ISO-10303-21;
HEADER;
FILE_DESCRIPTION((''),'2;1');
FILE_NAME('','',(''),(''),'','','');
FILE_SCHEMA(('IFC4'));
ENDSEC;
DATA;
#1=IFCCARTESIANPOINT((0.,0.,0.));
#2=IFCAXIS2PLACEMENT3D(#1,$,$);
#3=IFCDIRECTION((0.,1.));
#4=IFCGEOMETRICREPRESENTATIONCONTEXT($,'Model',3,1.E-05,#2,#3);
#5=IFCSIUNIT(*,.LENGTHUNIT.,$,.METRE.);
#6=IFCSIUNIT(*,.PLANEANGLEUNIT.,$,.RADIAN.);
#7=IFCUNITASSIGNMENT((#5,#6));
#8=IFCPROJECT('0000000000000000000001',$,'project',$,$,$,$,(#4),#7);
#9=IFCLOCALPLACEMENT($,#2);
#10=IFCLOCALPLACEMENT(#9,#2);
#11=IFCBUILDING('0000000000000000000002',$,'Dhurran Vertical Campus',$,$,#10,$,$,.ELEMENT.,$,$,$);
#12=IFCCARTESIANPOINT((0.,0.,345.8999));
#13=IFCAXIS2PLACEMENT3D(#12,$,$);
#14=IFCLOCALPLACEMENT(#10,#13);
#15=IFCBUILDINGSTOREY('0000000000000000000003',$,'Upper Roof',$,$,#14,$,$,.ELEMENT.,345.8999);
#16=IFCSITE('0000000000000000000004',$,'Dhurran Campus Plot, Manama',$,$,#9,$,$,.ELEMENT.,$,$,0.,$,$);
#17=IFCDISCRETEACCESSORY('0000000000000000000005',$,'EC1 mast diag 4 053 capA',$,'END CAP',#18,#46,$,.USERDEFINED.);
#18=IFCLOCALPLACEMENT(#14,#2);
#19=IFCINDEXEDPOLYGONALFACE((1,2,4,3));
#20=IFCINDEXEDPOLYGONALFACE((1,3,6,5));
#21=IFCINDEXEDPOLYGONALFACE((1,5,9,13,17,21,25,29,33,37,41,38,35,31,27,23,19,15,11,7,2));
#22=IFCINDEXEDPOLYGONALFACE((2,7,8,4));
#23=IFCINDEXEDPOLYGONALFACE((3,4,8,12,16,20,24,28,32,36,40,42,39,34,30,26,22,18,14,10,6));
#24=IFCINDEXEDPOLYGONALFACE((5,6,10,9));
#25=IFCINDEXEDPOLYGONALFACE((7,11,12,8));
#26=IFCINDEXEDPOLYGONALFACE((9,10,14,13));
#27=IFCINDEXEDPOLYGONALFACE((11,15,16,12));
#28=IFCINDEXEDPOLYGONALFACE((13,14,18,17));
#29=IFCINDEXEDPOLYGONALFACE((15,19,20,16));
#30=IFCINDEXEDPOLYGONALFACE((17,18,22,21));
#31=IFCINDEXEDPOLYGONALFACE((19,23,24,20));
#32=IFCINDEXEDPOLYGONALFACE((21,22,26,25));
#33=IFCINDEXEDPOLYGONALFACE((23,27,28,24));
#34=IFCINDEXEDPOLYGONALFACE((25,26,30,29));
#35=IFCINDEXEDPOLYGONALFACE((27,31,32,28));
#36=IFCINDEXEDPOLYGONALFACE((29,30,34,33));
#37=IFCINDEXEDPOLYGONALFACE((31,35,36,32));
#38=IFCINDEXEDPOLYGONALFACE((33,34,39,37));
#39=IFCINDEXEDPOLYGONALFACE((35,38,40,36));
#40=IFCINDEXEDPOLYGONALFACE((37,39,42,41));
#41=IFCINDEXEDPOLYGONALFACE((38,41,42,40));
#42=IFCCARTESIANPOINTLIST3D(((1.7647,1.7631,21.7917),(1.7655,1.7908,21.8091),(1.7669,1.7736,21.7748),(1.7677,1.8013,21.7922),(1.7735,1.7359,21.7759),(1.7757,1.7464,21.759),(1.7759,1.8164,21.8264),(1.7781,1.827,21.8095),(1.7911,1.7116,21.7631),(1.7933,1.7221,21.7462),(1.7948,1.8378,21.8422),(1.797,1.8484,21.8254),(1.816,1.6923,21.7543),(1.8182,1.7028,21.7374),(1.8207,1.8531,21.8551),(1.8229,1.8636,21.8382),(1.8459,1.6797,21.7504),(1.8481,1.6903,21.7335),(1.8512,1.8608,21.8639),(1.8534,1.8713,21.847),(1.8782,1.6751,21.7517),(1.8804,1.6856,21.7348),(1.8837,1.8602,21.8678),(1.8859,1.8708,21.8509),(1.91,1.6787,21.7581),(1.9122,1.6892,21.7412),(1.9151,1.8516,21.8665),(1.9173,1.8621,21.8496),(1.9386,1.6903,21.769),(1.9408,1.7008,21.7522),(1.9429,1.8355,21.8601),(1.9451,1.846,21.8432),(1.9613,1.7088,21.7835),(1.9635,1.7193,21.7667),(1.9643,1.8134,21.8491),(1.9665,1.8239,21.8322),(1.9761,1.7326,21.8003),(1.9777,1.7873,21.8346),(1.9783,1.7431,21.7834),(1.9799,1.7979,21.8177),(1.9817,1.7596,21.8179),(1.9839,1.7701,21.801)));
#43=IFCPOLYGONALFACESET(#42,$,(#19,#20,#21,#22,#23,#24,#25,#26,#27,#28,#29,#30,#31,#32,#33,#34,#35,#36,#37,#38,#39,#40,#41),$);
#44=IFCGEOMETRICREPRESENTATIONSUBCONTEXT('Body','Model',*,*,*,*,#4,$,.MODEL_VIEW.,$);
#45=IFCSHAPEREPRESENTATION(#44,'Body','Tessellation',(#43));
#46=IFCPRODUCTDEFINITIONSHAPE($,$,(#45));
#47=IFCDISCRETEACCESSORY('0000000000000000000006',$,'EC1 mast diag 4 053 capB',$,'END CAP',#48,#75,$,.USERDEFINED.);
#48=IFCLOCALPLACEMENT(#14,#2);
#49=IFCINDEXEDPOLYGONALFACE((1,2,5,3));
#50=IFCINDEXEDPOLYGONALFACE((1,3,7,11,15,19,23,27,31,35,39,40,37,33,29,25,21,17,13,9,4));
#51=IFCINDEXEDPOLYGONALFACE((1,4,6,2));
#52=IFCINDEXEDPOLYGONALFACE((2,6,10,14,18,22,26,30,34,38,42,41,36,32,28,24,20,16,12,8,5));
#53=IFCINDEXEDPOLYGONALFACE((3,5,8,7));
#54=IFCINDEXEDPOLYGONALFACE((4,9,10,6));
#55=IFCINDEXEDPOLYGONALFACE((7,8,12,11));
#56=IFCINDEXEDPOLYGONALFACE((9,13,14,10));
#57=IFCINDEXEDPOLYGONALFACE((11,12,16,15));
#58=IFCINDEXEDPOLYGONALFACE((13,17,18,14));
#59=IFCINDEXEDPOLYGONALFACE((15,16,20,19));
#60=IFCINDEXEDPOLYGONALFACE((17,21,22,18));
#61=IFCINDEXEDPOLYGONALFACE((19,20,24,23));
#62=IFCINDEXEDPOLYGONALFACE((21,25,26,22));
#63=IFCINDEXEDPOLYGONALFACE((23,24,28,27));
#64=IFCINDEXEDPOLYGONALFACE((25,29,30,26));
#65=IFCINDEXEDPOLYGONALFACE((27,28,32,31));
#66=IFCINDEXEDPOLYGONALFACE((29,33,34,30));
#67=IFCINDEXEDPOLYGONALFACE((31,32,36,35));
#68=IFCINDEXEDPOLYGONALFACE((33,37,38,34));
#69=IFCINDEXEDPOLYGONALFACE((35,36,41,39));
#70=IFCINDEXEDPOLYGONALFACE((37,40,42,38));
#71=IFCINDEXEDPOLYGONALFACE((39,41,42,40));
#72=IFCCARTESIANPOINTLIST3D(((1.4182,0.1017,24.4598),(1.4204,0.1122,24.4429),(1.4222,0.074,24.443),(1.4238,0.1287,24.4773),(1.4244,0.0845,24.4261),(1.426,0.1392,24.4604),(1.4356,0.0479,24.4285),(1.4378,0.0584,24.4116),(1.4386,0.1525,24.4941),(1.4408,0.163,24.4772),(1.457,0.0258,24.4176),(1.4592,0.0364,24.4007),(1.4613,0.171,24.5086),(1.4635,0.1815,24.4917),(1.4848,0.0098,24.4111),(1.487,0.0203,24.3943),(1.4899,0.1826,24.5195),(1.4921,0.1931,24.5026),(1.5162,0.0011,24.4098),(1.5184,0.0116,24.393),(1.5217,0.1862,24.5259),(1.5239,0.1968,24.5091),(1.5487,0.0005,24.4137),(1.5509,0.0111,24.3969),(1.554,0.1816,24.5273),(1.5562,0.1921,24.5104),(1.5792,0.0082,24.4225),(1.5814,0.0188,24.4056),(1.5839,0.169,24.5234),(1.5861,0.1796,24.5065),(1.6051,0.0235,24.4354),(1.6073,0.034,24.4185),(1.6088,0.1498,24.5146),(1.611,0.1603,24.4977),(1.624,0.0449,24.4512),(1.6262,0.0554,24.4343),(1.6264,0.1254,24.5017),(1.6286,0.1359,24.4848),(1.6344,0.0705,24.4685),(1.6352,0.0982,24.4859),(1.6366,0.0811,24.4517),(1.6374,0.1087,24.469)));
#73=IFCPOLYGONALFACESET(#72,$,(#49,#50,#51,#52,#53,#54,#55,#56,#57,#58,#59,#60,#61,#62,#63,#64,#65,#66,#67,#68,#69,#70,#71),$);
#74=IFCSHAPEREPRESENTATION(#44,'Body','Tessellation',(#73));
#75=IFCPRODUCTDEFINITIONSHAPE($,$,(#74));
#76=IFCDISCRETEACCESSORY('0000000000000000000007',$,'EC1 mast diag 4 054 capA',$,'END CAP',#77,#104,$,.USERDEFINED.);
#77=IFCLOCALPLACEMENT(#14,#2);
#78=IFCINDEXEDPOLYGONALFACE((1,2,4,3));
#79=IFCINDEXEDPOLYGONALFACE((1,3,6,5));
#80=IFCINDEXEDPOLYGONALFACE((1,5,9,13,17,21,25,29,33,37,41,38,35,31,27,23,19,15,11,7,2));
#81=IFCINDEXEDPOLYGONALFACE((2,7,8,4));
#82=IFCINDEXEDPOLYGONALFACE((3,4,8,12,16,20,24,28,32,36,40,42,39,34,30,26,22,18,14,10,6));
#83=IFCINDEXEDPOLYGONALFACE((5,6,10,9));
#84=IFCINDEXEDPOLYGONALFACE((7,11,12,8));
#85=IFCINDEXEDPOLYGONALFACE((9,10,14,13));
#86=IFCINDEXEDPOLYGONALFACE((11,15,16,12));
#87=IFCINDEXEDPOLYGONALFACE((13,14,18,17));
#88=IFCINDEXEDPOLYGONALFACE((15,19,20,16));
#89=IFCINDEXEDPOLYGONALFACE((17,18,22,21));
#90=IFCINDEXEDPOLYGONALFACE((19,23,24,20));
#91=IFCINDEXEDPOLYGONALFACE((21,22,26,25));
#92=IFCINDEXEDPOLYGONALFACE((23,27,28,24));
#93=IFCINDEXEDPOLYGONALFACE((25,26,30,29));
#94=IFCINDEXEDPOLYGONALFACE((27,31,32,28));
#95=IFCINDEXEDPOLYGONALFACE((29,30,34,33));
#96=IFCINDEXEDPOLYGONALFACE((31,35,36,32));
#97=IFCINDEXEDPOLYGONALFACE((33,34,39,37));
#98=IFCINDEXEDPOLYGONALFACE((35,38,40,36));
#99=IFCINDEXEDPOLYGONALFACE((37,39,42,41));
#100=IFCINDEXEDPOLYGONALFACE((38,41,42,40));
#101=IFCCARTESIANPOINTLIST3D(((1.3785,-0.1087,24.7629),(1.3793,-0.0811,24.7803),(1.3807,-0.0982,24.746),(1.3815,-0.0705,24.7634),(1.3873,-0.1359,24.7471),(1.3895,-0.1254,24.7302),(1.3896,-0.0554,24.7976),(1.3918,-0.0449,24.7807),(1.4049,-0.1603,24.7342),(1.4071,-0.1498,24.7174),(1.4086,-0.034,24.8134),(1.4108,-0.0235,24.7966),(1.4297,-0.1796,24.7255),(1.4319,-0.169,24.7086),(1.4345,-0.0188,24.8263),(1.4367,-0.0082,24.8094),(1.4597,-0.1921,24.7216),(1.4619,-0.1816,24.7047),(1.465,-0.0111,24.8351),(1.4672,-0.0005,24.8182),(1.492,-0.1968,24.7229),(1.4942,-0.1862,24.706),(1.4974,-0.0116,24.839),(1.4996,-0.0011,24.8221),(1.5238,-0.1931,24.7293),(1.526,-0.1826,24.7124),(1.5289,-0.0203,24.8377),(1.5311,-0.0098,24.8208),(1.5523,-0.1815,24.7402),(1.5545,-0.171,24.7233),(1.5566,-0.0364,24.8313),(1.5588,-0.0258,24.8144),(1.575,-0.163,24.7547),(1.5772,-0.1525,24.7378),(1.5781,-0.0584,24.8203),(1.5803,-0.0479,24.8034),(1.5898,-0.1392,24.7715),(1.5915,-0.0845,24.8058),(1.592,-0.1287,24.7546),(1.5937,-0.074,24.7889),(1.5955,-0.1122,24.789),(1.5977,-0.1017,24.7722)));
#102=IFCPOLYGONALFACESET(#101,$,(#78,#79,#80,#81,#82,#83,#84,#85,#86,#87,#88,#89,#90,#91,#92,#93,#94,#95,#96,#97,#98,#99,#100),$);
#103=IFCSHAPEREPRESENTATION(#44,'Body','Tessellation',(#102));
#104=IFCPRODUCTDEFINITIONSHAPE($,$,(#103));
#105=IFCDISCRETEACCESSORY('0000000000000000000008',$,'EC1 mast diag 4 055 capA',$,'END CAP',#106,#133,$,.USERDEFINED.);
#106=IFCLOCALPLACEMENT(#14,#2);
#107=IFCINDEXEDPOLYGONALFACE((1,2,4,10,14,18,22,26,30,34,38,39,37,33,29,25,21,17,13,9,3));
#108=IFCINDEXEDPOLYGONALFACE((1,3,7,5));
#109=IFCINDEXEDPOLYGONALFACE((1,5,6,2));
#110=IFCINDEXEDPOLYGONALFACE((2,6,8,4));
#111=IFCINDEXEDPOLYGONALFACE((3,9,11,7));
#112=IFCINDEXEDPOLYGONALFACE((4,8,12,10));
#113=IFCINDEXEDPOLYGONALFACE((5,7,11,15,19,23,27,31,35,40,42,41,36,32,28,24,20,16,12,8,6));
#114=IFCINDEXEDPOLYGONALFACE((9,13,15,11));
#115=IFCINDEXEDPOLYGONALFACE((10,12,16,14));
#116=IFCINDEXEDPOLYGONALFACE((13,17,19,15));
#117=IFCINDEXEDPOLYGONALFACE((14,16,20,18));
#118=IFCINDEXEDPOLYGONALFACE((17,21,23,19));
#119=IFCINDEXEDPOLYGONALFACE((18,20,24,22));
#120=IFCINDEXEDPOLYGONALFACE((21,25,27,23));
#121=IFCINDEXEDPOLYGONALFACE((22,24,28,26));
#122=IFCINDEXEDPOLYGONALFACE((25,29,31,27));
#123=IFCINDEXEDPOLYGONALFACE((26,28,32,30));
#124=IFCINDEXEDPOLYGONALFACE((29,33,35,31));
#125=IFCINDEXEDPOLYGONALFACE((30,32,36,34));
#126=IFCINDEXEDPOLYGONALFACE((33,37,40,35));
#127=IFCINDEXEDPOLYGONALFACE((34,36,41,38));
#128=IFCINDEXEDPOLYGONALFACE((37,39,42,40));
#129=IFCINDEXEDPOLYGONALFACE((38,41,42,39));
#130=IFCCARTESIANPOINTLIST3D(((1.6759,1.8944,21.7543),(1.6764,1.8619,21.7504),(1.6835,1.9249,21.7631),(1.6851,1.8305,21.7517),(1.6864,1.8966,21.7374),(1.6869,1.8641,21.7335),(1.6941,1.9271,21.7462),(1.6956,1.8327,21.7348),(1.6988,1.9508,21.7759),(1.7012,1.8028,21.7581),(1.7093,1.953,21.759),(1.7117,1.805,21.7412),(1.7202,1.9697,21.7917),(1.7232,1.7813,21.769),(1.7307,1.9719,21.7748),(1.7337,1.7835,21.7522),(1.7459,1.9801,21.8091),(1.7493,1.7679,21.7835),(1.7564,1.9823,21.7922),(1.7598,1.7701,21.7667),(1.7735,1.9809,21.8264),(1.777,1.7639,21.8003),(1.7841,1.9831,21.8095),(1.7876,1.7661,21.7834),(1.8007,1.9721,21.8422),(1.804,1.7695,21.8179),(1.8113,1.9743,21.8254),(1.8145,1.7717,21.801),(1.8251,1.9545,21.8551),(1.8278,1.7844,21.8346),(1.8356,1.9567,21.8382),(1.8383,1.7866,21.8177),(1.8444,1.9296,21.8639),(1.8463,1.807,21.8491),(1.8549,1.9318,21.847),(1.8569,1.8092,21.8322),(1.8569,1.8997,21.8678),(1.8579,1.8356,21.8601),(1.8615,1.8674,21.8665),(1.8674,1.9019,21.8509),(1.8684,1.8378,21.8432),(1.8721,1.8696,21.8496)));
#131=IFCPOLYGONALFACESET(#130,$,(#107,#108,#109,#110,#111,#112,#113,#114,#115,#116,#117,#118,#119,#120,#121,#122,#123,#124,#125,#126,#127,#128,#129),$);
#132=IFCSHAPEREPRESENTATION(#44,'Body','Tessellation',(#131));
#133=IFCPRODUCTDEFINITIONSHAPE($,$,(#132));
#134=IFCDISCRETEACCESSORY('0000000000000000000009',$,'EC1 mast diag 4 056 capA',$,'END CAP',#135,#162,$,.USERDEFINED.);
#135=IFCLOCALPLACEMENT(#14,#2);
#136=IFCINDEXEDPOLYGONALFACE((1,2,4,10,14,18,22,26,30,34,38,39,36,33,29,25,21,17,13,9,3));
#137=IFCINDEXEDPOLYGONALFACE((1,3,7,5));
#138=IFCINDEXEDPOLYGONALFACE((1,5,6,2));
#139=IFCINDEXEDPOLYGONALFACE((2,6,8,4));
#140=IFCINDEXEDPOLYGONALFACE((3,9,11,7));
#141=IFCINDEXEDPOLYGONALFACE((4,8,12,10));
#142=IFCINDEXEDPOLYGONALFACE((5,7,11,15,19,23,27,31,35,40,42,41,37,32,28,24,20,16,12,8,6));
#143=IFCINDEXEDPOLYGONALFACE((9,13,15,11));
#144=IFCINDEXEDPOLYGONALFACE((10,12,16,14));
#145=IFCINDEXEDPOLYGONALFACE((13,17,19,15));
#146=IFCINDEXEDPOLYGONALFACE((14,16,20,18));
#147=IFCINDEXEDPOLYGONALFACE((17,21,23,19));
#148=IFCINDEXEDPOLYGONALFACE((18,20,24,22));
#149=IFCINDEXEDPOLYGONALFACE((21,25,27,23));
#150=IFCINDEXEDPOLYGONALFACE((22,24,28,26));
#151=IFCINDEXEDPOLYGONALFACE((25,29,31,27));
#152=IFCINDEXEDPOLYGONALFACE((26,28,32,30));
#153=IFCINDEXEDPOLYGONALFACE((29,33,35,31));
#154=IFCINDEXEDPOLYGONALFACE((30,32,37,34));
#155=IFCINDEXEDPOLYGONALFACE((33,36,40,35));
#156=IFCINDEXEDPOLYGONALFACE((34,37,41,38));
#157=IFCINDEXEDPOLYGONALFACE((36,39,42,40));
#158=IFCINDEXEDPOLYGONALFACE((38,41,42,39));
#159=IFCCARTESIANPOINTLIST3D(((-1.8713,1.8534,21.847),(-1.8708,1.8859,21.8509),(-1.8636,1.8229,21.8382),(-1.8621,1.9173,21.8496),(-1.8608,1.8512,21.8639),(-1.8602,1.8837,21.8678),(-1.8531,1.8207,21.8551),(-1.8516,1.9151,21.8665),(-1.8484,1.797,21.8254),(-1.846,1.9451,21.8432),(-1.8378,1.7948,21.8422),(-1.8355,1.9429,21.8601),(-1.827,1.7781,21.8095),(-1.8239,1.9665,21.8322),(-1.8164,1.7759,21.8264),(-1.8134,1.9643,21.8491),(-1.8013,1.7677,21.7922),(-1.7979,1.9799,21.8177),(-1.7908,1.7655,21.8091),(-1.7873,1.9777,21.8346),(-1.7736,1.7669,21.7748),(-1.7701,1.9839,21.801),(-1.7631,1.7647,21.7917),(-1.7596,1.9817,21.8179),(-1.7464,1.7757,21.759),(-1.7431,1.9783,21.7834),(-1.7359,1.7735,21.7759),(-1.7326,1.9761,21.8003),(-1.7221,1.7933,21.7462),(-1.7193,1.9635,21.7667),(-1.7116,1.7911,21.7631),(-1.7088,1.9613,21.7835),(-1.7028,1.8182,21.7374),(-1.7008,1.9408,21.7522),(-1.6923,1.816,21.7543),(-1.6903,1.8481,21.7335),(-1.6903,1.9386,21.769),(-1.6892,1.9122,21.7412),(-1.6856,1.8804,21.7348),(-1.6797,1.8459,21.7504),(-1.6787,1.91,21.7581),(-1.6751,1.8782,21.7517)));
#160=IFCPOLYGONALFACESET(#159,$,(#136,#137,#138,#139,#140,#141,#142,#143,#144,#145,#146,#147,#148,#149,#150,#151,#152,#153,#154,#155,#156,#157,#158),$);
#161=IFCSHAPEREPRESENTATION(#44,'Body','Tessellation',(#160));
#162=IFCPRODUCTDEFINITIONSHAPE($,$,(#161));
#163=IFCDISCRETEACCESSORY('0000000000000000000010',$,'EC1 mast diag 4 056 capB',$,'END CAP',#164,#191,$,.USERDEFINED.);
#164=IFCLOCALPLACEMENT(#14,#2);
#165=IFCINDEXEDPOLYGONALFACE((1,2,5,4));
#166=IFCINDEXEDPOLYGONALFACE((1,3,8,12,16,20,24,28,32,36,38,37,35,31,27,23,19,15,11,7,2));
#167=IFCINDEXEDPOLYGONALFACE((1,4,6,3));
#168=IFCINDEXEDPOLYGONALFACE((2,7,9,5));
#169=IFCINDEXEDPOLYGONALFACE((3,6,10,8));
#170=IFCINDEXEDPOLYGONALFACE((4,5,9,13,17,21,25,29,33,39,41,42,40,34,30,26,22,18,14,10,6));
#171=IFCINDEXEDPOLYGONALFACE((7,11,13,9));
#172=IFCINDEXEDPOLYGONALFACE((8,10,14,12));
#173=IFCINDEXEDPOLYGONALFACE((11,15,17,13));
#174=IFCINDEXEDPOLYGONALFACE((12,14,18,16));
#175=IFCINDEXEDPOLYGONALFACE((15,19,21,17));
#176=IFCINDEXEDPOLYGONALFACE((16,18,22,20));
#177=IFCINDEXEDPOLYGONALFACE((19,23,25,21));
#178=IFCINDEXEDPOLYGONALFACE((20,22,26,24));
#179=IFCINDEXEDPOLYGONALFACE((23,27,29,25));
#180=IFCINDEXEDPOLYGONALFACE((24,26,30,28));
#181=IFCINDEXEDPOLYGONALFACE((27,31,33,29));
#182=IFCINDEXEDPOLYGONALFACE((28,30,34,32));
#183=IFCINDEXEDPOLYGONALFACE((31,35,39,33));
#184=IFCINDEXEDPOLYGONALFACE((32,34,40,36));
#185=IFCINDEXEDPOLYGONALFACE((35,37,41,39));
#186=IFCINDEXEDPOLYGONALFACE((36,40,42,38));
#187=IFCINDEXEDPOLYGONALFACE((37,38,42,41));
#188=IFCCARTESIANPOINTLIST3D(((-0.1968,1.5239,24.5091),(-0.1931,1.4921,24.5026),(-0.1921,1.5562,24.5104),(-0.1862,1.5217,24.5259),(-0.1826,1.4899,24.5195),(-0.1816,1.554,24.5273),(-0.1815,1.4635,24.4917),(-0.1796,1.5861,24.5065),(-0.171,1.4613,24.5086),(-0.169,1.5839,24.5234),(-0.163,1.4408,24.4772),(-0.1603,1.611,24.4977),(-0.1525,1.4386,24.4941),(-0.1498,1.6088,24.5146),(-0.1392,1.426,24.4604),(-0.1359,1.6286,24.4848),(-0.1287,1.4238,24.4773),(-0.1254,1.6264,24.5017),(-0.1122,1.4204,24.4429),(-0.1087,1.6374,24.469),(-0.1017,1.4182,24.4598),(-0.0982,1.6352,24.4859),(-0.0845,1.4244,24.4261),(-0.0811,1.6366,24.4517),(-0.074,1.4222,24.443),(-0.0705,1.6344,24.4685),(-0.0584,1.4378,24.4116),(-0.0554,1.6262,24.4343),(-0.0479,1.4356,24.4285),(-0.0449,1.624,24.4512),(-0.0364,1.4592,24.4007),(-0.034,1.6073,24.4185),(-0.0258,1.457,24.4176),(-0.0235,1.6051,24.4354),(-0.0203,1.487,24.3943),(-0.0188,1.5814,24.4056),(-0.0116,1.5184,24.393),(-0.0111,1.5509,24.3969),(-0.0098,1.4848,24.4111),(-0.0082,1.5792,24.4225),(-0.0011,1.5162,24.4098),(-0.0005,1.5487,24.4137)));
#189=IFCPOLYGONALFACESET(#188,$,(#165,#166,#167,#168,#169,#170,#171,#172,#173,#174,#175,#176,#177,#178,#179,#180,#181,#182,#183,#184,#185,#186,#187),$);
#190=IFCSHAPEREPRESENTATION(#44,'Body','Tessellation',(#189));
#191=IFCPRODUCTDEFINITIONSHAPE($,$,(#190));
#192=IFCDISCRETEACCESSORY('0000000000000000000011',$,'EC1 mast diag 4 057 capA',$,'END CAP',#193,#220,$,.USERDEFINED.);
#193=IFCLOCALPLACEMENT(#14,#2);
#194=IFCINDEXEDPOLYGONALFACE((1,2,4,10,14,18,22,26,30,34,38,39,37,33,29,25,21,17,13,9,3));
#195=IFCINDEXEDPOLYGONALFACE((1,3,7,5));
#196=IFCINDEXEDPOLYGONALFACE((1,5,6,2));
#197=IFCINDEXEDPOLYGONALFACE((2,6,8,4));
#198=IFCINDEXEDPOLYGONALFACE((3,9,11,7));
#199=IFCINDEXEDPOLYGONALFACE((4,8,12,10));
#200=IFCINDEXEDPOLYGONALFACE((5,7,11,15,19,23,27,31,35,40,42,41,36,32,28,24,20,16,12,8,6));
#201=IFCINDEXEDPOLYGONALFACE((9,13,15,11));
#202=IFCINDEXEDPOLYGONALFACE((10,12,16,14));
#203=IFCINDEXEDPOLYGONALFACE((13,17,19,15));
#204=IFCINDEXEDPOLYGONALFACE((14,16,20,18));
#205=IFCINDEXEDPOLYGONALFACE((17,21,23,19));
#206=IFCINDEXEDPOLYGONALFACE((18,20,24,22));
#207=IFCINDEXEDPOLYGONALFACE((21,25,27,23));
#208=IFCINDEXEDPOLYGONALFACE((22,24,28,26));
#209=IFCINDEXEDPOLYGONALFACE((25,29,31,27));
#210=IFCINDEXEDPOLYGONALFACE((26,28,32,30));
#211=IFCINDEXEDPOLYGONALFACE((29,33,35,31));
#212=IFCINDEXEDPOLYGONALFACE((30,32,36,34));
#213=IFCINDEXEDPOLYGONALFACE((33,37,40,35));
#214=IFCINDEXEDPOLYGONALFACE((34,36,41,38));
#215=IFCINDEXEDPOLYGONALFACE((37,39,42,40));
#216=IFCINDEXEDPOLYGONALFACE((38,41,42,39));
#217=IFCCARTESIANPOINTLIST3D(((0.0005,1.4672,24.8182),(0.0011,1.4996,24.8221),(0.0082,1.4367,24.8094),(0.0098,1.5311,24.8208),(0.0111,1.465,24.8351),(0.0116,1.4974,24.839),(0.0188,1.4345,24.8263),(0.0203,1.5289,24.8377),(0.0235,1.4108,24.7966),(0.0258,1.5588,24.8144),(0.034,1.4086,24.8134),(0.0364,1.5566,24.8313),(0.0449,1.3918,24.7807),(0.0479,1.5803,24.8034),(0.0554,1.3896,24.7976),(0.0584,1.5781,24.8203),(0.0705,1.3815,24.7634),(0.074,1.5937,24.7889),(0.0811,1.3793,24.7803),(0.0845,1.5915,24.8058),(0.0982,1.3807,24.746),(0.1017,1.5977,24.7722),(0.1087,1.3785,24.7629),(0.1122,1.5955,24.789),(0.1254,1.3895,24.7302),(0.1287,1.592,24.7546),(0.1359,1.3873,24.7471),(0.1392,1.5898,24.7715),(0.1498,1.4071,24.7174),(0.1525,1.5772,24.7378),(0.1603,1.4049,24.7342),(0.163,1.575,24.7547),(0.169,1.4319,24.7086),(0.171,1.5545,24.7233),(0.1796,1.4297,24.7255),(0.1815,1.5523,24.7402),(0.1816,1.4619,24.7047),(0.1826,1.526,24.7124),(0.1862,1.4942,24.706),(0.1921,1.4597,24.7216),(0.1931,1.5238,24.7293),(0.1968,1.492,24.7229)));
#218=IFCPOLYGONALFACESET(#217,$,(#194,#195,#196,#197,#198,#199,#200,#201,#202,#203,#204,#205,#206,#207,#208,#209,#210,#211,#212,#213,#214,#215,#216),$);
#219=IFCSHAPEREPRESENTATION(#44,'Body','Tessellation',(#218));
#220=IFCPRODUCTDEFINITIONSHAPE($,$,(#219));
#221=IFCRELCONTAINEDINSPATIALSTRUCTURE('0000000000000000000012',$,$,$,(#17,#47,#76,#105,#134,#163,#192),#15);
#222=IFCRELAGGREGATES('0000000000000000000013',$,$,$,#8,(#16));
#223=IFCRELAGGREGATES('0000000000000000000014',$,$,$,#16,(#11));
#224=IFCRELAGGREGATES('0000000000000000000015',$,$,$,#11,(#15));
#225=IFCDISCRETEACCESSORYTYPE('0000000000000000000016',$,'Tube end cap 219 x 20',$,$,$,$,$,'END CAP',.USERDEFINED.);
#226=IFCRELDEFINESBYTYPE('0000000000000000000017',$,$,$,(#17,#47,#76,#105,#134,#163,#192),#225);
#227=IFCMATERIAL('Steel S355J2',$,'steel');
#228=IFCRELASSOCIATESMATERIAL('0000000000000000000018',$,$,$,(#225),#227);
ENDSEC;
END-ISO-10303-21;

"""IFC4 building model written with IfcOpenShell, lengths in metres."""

from ifc_helpers import new_model, si_unit, direction, frame, origin, origin_2d, place, context, subcontext, project, spatial, circle, extrude, material, material_profile, profile_set, type_object, element, save


model = new_model("IFC4")

# Units and contexts
model_context = context("Model", 3, precision=1e-05, world=origin(), true_north=direction((0.0, 1.0)))
body_context = subcontext(model_context, "Body", "Model", "MODEL_VIEW")
ifc_project = project(units=[si_unit("LENGTHUNIT", "METRE"), si_unit("PLANEANGLEUNIT", "RADIAN")], contexts=[model_context])

# Site, building, storey
site_placement = place(None, origin())
site = spatial("IfcSite", under=ifc_project, at=site_placement, Name="Dhurran Campus Plot, Manama", CompositionType="ELEMENT", RefElevation=0.0)
building_placement = place(site_placement, origin())
building = spatial("IfcBuilding", under=site, at=building_placement, Name="Dhurran Vertical Campus", CompositionType="ELEMENT")
storey_placement = place(building_placement, frame((0.0, 0.0, 345.8999)))
storey = spatial("IfcBuildingStorey", under=building, at=storey_placement, Name="Upper Roof", CompositionType="ELEMENT", Elevation=345.8999)

# Discrete accessories
ifc_material_1 = material(Name="Steel S355J2", Category="steel")
ifc_material_profile_1 = material_profile(ifc_material_1, circle(Radius=0.1096, at=origin_2d()), Name="Tube end cap 219 x 20")
ifc_profile_set_1 = profile_set([ifc_material_profile_1], Name="Steel S355J2")
discrete_accessory_type = type_object("IfcDiscreteAccessoryType", Name="Tube end cap 219 x 20", ElementType="END CAP", PredefinedType="USERDEFINED", material=ifc_profile_set_1)
for number, where, z_axis, x_axis, name in (
    (1, (1.8728, 1.7683, 21.8091), (0.110026, 0.525682, -0.843536), (-0.978791, 0.204863, 0.0), "EC1 mast diag 4 053 capA"),
    (2, (1.5293, 0.1035, 24.4517), (-0.110026, -0.525682, 0.843536), (0.978791, -0.204863, 0.0), "EC1 mast diag 4 053 capB"),
    (3, (1.4866, -0.1035, 24.7803), (0.110026, 0.525682, -0.843536), (-0.978791, 0.204863, 0.0), "EC1 mast diag 4 054 capA"),
    (4, (1.7683, 1.8728, 21.8091), (0.525682, 0.110026, -0.843536), (-0.204863, 0.978791, 0.0), "EC1 mast diag 4 055 capA"),
    (5, (-1.7683, 1.8728, 21.8091), (-0.525682, 0.110026, -0.843536), (-0.204863, -0.978791, 0.0), "EC1 mast diag 4 056 capA"),
    (6, (-0.1035, 1.5293, 24.4517), (0.525682, -0.110026, 0.843536), (0.204863, 0.978791, 0.0), "EC1 mast diag 4 056 capB"),
    (7, (0.1035, 1.4866, 24.7803), (-0.525682, 0.110026, -0.843536), (-0.204863, -0.978791, 0.0), "EC1 mast diag 4 057 capA"),
):
    element("IfcDiscreteAccessory", number, at=place(storey_placement, frame(where, z_axis=z_axis, x_axis=x_axis)), inside=storey, type_object=discrete_accessory_type, Name=name, ObjectType="END CAP", PredefinedType="USERDEFINED", context=body_context, shape_type="SweptSolid", body=[
        extrude(circle(Radius=0.1096, at=origin_2d()), origin(), (0.0, 0.0, 1.0), 0.02),
    ])

save(model, "model.ifc")
